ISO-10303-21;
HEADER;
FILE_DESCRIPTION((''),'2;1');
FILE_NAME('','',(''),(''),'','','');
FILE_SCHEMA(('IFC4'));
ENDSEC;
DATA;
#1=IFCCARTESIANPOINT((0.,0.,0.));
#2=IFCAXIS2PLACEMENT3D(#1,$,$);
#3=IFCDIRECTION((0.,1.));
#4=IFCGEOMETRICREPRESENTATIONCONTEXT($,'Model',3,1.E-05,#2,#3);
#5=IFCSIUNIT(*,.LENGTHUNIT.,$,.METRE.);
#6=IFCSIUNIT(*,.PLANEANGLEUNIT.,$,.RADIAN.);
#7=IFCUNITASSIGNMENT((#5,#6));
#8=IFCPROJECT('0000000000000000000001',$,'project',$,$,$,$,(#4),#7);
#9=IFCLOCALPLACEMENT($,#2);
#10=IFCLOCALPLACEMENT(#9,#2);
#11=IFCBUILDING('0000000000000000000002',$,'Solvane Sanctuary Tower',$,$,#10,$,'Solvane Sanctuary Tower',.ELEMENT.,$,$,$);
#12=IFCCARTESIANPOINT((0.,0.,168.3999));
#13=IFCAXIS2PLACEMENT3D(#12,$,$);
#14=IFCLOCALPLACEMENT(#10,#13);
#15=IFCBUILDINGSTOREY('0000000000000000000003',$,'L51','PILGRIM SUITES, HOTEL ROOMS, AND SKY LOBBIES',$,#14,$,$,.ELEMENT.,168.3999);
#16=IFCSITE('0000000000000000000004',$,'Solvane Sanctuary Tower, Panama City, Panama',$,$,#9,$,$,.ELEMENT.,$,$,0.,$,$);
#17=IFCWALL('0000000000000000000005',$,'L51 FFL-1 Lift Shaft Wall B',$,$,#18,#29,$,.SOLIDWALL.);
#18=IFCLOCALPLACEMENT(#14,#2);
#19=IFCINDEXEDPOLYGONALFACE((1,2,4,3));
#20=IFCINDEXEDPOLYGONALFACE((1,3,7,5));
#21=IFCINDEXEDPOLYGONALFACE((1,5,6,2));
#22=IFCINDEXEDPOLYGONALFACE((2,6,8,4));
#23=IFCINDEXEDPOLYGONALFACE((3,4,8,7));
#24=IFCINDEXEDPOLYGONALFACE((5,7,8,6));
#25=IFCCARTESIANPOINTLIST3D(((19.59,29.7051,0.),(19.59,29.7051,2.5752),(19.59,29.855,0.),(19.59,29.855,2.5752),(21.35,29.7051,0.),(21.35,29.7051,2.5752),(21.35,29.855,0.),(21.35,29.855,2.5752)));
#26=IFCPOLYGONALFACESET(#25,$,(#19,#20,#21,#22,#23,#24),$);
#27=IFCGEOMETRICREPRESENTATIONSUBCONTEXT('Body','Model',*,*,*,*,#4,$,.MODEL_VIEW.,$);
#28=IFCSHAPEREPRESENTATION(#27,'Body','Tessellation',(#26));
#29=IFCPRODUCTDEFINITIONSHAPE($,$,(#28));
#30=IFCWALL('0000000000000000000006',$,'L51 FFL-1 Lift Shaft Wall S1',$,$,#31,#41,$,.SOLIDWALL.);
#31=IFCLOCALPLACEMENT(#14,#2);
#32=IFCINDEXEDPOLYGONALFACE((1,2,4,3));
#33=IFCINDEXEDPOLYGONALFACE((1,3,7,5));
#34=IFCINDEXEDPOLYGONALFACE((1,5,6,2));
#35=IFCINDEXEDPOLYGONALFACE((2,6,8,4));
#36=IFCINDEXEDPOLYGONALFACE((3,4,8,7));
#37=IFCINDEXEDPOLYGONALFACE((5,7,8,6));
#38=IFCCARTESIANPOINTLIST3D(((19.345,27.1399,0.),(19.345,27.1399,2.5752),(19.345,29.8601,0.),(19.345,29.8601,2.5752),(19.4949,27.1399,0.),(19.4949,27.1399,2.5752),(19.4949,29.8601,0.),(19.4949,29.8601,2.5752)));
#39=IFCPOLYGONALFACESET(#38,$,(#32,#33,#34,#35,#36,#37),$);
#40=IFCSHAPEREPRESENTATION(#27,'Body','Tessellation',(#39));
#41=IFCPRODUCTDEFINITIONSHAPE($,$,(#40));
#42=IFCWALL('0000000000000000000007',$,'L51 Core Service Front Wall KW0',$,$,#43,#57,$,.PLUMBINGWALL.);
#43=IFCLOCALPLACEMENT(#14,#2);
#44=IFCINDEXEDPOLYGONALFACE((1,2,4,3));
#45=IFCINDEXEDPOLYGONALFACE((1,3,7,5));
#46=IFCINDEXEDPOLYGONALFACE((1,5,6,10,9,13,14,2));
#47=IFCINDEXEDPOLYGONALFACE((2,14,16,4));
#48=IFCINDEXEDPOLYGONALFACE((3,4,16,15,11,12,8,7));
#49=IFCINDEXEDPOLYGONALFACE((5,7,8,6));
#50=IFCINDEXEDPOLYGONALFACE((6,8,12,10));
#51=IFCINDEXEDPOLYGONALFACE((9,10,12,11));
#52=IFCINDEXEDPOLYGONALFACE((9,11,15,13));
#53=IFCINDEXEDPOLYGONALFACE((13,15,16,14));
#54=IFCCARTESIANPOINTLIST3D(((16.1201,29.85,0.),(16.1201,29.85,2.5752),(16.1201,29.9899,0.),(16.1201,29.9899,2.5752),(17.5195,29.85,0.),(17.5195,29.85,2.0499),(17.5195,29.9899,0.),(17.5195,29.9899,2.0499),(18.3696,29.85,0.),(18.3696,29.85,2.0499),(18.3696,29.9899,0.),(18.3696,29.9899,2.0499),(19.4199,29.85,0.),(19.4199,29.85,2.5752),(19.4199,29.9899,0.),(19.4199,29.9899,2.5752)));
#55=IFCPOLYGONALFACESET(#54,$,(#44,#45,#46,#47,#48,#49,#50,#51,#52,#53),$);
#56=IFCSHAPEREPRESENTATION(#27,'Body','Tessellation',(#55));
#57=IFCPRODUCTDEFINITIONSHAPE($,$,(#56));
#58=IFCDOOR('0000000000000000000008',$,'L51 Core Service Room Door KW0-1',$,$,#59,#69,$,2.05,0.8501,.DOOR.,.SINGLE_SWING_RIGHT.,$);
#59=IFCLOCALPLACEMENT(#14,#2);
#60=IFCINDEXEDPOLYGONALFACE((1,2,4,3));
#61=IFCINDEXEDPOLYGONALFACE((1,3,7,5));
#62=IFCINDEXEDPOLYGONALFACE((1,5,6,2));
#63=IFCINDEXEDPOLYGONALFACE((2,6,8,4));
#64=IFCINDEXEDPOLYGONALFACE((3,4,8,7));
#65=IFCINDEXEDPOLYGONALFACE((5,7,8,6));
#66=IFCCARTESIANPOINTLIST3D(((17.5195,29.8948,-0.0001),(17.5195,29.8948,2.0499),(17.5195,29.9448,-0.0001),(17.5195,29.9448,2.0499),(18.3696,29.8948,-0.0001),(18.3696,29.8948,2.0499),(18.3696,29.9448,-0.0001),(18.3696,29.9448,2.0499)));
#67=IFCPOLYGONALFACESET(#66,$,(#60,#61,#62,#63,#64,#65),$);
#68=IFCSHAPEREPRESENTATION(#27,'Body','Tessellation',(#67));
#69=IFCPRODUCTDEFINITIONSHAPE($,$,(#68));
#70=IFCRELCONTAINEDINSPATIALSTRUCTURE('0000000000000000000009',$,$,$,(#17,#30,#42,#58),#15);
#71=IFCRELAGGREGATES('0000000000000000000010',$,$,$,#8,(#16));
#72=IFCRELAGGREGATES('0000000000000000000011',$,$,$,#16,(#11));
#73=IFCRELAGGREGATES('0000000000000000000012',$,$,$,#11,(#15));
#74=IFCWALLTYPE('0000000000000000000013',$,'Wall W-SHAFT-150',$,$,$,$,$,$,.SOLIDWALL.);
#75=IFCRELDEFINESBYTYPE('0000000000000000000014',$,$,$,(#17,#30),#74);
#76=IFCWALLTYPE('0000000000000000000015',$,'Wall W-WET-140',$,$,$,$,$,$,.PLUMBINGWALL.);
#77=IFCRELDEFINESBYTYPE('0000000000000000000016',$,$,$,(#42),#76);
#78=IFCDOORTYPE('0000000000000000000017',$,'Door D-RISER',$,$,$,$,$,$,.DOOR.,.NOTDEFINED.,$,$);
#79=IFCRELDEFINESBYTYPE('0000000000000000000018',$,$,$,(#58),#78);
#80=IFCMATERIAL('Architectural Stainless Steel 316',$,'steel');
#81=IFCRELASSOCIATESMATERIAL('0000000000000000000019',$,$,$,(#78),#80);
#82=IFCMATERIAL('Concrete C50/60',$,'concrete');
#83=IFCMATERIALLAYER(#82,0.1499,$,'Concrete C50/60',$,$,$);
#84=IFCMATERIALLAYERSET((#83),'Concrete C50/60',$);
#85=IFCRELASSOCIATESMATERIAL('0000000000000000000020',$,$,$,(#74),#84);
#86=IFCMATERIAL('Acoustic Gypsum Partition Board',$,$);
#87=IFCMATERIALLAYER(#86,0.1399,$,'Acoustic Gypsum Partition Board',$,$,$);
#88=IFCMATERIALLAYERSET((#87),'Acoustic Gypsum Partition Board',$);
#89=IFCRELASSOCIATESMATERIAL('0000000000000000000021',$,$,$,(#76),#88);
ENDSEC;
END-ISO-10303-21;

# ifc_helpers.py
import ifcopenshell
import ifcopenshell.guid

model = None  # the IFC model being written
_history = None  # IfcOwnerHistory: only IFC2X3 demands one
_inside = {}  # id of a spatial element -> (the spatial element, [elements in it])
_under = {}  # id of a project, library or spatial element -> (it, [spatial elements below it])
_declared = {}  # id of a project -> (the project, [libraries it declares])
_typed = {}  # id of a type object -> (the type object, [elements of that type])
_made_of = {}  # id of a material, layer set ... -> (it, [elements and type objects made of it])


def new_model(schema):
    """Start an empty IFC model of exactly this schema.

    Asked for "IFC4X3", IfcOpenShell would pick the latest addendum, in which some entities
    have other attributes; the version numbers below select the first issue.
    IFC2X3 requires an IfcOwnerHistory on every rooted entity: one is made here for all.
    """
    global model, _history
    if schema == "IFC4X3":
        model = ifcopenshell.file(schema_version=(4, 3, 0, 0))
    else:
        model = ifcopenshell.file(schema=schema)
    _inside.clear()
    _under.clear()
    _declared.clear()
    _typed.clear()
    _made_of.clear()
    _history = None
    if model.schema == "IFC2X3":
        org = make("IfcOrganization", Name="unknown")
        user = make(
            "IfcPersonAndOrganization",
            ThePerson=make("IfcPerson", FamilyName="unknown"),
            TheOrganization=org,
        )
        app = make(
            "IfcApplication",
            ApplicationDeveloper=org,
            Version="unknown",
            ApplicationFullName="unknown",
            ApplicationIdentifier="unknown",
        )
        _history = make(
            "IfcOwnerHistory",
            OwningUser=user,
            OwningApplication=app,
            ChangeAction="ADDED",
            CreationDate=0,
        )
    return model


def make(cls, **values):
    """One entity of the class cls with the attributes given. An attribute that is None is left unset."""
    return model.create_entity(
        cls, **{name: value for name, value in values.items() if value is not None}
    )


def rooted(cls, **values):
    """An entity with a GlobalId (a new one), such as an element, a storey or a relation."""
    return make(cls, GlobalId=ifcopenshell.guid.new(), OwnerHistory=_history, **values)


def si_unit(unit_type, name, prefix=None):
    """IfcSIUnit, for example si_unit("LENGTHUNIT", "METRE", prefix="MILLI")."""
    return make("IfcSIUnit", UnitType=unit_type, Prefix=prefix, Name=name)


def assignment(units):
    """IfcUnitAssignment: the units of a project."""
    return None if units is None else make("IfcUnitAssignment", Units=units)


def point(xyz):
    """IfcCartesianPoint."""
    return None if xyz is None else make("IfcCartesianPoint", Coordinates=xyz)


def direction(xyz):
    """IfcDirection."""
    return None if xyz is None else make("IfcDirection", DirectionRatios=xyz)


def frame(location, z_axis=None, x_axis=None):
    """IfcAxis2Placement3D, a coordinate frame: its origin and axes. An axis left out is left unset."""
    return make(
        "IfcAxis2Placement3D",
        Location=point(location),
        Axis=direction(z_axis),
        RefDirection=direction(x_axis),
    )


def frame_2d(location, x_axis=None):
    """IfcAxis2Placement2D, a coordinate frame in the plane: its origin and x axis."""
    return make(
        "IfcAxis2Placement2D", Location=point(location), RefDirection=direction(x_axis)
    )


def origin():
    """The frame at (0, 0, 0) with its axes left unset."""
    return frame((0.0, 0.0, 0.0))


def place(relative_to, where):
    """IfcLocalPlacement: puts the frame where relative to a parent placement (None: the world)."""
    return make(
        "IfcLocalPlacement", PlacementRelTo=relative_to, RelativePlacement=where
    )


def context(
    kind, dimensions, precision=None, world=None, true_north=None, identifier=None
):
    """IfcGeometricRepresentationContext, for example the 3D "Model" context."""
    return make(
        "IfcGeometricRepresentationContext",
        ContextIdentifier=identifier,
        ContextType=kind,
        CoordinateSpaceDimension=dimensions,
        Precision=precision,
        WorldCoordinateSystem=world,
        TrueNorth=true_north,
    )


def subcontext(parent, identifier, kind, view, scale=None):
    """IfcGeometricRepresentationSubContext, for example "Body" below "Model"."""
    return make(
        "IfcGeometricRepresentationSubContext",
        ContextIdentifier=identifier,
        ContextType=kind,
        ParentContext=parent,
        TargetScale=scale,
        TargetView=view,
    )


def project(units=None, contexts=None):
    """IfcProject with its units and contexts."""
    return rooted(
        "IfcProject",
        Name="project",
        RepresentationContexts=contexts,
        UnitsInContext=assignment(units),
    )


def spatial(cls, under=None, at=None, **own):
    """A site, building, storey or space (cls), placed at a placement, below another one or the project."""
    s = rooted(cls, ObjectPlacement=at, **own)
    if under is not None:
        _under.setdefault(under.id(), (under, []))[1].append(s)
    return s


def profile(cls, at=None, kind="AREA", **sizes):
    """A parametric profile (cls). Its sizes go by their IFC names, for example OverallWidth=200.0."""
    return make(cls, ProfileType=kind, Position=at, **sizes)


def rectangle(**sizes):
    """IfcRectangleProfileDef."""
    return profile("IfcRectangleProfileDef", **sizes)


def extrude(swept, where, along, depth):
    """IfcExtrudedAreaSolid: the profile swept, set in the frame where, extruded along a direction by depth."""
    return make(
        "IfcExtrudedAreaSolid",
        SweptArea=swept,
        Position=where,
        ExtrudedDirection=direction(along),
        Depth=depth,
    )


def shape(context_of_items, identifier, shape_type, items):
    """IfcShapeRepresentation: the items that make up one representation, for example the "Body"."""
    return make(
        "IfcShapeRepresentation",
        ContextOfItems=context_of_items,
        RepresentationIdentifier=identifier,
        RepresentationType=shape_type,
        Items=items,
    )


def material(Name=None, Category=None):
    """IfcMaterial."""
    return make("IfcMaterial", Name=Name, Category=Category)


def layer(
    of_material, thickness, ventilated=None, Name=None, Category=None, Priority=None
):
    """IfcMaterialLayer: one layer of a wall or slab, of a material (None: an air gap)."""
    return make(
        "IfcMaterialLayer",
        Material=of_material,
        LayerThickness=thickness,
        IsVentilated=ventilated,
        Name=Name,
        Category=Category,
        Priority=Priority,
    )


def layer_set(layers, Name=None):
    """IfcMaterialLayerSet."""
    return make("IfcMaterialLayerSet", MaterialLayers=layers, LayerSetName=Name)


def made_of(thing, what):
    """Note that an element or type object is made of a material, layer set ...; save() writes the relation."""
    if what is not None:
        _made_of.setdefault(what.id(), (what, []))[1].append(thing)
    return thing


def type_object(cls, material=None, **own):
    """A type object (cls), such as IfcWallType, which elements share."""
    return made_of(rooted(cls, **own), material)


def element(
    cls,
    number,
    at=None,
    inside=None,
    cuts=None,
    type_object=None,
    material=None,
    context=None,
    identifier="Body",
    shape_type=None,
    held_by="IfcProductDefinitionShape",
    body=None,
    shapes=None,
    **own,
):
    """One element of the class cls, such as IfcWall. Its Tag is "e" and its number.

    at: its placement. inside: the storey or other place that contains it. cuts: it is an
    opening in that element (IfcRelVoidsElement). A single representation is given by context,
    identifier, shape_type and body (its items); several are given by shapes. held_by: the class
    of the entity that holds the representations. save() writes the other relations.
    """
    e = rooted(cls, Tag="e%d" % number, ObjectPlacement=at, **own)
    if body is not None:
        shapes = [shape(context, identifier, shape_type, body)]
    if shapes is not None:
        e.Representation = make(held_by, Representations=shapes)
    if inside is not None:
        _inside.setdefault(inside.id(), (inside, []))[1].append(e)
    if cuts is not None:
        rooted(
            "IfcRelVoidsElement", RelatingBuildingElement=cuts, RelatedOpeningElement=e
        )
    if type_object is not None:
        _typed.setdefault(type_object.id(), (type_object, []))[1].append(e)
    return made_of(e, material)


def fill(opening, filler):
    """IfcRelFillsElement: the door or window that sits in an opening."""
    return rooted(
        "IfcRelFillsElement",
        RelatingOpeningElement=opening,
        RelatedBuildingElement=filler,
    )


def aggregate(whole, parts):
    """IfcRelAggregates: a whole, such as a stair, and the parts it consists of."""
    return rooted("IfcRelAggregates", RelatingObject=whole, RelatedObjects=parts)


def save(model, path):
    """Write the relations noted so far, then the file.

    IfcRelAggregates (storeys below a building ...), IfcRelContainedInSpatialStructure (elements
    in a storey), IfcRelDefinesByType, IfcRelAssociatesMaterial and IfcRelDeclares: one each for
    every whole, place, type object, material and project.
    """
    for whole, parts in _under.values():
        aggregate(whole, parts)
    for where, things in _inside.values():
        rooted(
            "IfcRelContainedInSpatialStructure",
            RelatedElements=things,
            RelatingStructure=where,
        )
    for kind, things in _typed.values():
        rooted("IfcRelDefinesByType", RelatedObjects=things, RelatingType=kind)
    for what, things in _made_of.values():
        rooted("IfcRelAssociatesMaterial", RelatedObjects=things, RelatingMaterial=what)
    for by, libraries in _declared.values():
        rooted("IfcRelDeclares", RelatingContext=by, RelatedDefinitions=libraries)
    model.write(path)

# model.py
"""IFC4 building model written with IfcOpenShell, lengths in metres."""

from ifc_helpers import new_model, si_unit, direction, frame, frame_2d, origin, place, context, subcontext, project, spatial, rectangle, extrude, material, layer, layer_set, type_object, element, fill, save


model = new_model("IFC4")

# Units and contexts
model_context = context("Model", 3, precision=1e-05, world=origin(), true_north=direction((0.0, 1.0)))
body_context = subcontext(model_context, "Body", "Model", "MODEL_VIEW")
ifc_project = project(units=[si_unit("LENGTHUNIT", "METRE"), si_unit("PLANEANGLEUNIT", "RADIAN")], contexts=[model_context])

# Site, building, storey
site_placement = place(None, origin())
site = spatial("IfcSite", under=ifc_project, at=site_placement, Name="Solvane Sanctuary Tower, Panama City, Panama", CompositionType="ELEMENT", RefElevation=0.0)
building_placement = place(site_placement, origin())
building = spatial("IfcBuilding", under=site, at=building_placement, Name="Solvane Sanctuary Tower", LongName="Solvane Sanctuary Tower", CompositionType="ELEMENT")
storey_placement = place(building_placement, frame((0.0, 0.0, 168.3999)))
storey = spatial("IfcBuildingStorey", under=building, at=storey_placement, Name="L51", Description="PILGRIM SUITES, HOTEL ROOMS, AND SKY LOBBIES", CompositionType="ELEMENT", Elevation=168.3999)

# Shared definitions
ifc_material_1 = material(Name="Acoustic Gypsum Partition Board")

# Shared definitions
ifc_material_2 = material(Name="Architectural Stainless Steel 316", Category="steel")
door_type_1 = type_object("IfcDoorType", Name="Door D-RISER", OperationType="NOTDEFINED", PredefinedType="DOOR", material=ifc_material_2)

# Shared definitions
ifc_material_3 = material(Name="Concrete C50/60", Category="concrete")
ifc_layer_1 = layer(ifc_material_3, 0.1499, Name="Concrete C50/60")
ifc_layer_set_1 = layer_set([ifc_layer_1], Name="Concrete C50/60")
wall_type_1 = type_object("IfcWallType", Name="Wall W-SHAFT-150", PredefinedType="SOLIDWALL", material=ifc_layer_set_1)

# Walls
wall_1_placement = place(storey_placement, frame((19.5901, 29.78, 0.0), z_axis=(0.0, 0.0, 1.0), x_axis=(1.0, 0.0, 0.0)))
element("IfcWall", 1, at=wall_1_placement, inside=storey, type_object=wall_type_1, Name="L51 FFL-1 Lift Shaft Wall B", PredefinedType="SOLIDWALL", context=body_context, shape_type="SweptSolid", body=[
    extrude(rectangle(XDim=1.76, YDim=0.1499, at=frame_2d((0.8799, 0.0))), origin(), (0.0, 0.0, 1.0), 2.5752),
])
wall_2_placement = place(storey_placement, frame((19.4199, 27.1399, 0.0), z_axis=(0.0, 0.0, 1.0), x_axis=(0.0, 1.0, 0.0)))
element("IfcWall", 2, at=wall_2_placement, inside=storey, type_object=wall_type_1, Name="L51 FFL-1 Lift Shaft Wall S1", PredefinedType="SOLIDWALL", context=body_context, shape_type="SweptSolid", body=[
    extrude(rectangle(XDim=2.7202, YDim=0.1499, at=frame_2d((1.3601, 0.0))), origin(), (0.0, 0.0, 1.0), 2.5752),
])

# Wall, opening, door
ifc_layer_2 = layer(ifc_material_1, 0.1399, Name="Acoustic Gypsum Partition Board")
ifc_layer_set_2 = layer_set([ifc_layer_2], Name="Acoustic Gypsum Partition Board")
wall_type_2 = type_object("IfcWallType", Name="Wall W-WET-140", PredefinedType="PLUMBINGWALL", material=ifc_layer_set_2)
wall_3_placement = place(storey_placement, frame((16.1201, 29.9199, 0.0), z_axis=(0.0, 0.0, 1.0), x_axis=(1.0, 0.0, 0.0)))
wall_3 = element("IfcWall", 3, at=wall_3_placement, inside=storey, type_object=wall_type_2, Name="L51 Core Service Front Wall KW0", PredefinedType="PLUMBINGWALL", context=body_context, shape_type="SweptSolid", body=[
    extrude(rectangle(XDim=3.2998, YDim=0.1399, at=frame_2d((1.6499, 0.0))), origin(), (0.0, 0.0, 1.0), 2.5752),
])
opening_1_placement = place(wall_3_placement, frame((1.3994, 0.0, 0.0)))
opening_1 = element("IfcOpeningElement", 4, at=opening_1_placement, cuts=wall_3, PredefinedType="OPENING", context=body_context, shape_type="SweptSolid", body=[
    extrude(rectangle(XDim=0.8501, YDim=2.05, at=frame_2d((0.425, 1.0249))), frame((0.0, 0.0798, 0.0), z_axis=(0.0, -1.0, 0.0), x_axis=(1.0, 0.0, 0.0)), (0.0, 0.0, 1.0), 0.1599),
])
door_1_placement = place(opening_1_placement, origin())
door_1 = element("IfcDoor", 5, at=door_1_placement, inside=storey, type_object=door_type_1, Name="L51 Core Service Room Door KW0-1", OperationType="SINGLE_SWING_RIGHT", OverallHeight=2.05, OverallWidth=0.8501, PredefinedType="DOOR", context=body_context, shape_type="SweptSolid", body=[
    extrude(rectangle(XDim=0.8501, YDim=2.05, at=frame_2d((0.425, 1.0249))), frame((0.0, 0.0249, 0.0), z_axis=(0.0, -1.0, 0.0), x_axis=(1.0, 0.0, 0.0)), (0.0, 0.0, 1.0), 0.05),
])
fill(opening_1, door_1)

save(model, "model.ifc")
